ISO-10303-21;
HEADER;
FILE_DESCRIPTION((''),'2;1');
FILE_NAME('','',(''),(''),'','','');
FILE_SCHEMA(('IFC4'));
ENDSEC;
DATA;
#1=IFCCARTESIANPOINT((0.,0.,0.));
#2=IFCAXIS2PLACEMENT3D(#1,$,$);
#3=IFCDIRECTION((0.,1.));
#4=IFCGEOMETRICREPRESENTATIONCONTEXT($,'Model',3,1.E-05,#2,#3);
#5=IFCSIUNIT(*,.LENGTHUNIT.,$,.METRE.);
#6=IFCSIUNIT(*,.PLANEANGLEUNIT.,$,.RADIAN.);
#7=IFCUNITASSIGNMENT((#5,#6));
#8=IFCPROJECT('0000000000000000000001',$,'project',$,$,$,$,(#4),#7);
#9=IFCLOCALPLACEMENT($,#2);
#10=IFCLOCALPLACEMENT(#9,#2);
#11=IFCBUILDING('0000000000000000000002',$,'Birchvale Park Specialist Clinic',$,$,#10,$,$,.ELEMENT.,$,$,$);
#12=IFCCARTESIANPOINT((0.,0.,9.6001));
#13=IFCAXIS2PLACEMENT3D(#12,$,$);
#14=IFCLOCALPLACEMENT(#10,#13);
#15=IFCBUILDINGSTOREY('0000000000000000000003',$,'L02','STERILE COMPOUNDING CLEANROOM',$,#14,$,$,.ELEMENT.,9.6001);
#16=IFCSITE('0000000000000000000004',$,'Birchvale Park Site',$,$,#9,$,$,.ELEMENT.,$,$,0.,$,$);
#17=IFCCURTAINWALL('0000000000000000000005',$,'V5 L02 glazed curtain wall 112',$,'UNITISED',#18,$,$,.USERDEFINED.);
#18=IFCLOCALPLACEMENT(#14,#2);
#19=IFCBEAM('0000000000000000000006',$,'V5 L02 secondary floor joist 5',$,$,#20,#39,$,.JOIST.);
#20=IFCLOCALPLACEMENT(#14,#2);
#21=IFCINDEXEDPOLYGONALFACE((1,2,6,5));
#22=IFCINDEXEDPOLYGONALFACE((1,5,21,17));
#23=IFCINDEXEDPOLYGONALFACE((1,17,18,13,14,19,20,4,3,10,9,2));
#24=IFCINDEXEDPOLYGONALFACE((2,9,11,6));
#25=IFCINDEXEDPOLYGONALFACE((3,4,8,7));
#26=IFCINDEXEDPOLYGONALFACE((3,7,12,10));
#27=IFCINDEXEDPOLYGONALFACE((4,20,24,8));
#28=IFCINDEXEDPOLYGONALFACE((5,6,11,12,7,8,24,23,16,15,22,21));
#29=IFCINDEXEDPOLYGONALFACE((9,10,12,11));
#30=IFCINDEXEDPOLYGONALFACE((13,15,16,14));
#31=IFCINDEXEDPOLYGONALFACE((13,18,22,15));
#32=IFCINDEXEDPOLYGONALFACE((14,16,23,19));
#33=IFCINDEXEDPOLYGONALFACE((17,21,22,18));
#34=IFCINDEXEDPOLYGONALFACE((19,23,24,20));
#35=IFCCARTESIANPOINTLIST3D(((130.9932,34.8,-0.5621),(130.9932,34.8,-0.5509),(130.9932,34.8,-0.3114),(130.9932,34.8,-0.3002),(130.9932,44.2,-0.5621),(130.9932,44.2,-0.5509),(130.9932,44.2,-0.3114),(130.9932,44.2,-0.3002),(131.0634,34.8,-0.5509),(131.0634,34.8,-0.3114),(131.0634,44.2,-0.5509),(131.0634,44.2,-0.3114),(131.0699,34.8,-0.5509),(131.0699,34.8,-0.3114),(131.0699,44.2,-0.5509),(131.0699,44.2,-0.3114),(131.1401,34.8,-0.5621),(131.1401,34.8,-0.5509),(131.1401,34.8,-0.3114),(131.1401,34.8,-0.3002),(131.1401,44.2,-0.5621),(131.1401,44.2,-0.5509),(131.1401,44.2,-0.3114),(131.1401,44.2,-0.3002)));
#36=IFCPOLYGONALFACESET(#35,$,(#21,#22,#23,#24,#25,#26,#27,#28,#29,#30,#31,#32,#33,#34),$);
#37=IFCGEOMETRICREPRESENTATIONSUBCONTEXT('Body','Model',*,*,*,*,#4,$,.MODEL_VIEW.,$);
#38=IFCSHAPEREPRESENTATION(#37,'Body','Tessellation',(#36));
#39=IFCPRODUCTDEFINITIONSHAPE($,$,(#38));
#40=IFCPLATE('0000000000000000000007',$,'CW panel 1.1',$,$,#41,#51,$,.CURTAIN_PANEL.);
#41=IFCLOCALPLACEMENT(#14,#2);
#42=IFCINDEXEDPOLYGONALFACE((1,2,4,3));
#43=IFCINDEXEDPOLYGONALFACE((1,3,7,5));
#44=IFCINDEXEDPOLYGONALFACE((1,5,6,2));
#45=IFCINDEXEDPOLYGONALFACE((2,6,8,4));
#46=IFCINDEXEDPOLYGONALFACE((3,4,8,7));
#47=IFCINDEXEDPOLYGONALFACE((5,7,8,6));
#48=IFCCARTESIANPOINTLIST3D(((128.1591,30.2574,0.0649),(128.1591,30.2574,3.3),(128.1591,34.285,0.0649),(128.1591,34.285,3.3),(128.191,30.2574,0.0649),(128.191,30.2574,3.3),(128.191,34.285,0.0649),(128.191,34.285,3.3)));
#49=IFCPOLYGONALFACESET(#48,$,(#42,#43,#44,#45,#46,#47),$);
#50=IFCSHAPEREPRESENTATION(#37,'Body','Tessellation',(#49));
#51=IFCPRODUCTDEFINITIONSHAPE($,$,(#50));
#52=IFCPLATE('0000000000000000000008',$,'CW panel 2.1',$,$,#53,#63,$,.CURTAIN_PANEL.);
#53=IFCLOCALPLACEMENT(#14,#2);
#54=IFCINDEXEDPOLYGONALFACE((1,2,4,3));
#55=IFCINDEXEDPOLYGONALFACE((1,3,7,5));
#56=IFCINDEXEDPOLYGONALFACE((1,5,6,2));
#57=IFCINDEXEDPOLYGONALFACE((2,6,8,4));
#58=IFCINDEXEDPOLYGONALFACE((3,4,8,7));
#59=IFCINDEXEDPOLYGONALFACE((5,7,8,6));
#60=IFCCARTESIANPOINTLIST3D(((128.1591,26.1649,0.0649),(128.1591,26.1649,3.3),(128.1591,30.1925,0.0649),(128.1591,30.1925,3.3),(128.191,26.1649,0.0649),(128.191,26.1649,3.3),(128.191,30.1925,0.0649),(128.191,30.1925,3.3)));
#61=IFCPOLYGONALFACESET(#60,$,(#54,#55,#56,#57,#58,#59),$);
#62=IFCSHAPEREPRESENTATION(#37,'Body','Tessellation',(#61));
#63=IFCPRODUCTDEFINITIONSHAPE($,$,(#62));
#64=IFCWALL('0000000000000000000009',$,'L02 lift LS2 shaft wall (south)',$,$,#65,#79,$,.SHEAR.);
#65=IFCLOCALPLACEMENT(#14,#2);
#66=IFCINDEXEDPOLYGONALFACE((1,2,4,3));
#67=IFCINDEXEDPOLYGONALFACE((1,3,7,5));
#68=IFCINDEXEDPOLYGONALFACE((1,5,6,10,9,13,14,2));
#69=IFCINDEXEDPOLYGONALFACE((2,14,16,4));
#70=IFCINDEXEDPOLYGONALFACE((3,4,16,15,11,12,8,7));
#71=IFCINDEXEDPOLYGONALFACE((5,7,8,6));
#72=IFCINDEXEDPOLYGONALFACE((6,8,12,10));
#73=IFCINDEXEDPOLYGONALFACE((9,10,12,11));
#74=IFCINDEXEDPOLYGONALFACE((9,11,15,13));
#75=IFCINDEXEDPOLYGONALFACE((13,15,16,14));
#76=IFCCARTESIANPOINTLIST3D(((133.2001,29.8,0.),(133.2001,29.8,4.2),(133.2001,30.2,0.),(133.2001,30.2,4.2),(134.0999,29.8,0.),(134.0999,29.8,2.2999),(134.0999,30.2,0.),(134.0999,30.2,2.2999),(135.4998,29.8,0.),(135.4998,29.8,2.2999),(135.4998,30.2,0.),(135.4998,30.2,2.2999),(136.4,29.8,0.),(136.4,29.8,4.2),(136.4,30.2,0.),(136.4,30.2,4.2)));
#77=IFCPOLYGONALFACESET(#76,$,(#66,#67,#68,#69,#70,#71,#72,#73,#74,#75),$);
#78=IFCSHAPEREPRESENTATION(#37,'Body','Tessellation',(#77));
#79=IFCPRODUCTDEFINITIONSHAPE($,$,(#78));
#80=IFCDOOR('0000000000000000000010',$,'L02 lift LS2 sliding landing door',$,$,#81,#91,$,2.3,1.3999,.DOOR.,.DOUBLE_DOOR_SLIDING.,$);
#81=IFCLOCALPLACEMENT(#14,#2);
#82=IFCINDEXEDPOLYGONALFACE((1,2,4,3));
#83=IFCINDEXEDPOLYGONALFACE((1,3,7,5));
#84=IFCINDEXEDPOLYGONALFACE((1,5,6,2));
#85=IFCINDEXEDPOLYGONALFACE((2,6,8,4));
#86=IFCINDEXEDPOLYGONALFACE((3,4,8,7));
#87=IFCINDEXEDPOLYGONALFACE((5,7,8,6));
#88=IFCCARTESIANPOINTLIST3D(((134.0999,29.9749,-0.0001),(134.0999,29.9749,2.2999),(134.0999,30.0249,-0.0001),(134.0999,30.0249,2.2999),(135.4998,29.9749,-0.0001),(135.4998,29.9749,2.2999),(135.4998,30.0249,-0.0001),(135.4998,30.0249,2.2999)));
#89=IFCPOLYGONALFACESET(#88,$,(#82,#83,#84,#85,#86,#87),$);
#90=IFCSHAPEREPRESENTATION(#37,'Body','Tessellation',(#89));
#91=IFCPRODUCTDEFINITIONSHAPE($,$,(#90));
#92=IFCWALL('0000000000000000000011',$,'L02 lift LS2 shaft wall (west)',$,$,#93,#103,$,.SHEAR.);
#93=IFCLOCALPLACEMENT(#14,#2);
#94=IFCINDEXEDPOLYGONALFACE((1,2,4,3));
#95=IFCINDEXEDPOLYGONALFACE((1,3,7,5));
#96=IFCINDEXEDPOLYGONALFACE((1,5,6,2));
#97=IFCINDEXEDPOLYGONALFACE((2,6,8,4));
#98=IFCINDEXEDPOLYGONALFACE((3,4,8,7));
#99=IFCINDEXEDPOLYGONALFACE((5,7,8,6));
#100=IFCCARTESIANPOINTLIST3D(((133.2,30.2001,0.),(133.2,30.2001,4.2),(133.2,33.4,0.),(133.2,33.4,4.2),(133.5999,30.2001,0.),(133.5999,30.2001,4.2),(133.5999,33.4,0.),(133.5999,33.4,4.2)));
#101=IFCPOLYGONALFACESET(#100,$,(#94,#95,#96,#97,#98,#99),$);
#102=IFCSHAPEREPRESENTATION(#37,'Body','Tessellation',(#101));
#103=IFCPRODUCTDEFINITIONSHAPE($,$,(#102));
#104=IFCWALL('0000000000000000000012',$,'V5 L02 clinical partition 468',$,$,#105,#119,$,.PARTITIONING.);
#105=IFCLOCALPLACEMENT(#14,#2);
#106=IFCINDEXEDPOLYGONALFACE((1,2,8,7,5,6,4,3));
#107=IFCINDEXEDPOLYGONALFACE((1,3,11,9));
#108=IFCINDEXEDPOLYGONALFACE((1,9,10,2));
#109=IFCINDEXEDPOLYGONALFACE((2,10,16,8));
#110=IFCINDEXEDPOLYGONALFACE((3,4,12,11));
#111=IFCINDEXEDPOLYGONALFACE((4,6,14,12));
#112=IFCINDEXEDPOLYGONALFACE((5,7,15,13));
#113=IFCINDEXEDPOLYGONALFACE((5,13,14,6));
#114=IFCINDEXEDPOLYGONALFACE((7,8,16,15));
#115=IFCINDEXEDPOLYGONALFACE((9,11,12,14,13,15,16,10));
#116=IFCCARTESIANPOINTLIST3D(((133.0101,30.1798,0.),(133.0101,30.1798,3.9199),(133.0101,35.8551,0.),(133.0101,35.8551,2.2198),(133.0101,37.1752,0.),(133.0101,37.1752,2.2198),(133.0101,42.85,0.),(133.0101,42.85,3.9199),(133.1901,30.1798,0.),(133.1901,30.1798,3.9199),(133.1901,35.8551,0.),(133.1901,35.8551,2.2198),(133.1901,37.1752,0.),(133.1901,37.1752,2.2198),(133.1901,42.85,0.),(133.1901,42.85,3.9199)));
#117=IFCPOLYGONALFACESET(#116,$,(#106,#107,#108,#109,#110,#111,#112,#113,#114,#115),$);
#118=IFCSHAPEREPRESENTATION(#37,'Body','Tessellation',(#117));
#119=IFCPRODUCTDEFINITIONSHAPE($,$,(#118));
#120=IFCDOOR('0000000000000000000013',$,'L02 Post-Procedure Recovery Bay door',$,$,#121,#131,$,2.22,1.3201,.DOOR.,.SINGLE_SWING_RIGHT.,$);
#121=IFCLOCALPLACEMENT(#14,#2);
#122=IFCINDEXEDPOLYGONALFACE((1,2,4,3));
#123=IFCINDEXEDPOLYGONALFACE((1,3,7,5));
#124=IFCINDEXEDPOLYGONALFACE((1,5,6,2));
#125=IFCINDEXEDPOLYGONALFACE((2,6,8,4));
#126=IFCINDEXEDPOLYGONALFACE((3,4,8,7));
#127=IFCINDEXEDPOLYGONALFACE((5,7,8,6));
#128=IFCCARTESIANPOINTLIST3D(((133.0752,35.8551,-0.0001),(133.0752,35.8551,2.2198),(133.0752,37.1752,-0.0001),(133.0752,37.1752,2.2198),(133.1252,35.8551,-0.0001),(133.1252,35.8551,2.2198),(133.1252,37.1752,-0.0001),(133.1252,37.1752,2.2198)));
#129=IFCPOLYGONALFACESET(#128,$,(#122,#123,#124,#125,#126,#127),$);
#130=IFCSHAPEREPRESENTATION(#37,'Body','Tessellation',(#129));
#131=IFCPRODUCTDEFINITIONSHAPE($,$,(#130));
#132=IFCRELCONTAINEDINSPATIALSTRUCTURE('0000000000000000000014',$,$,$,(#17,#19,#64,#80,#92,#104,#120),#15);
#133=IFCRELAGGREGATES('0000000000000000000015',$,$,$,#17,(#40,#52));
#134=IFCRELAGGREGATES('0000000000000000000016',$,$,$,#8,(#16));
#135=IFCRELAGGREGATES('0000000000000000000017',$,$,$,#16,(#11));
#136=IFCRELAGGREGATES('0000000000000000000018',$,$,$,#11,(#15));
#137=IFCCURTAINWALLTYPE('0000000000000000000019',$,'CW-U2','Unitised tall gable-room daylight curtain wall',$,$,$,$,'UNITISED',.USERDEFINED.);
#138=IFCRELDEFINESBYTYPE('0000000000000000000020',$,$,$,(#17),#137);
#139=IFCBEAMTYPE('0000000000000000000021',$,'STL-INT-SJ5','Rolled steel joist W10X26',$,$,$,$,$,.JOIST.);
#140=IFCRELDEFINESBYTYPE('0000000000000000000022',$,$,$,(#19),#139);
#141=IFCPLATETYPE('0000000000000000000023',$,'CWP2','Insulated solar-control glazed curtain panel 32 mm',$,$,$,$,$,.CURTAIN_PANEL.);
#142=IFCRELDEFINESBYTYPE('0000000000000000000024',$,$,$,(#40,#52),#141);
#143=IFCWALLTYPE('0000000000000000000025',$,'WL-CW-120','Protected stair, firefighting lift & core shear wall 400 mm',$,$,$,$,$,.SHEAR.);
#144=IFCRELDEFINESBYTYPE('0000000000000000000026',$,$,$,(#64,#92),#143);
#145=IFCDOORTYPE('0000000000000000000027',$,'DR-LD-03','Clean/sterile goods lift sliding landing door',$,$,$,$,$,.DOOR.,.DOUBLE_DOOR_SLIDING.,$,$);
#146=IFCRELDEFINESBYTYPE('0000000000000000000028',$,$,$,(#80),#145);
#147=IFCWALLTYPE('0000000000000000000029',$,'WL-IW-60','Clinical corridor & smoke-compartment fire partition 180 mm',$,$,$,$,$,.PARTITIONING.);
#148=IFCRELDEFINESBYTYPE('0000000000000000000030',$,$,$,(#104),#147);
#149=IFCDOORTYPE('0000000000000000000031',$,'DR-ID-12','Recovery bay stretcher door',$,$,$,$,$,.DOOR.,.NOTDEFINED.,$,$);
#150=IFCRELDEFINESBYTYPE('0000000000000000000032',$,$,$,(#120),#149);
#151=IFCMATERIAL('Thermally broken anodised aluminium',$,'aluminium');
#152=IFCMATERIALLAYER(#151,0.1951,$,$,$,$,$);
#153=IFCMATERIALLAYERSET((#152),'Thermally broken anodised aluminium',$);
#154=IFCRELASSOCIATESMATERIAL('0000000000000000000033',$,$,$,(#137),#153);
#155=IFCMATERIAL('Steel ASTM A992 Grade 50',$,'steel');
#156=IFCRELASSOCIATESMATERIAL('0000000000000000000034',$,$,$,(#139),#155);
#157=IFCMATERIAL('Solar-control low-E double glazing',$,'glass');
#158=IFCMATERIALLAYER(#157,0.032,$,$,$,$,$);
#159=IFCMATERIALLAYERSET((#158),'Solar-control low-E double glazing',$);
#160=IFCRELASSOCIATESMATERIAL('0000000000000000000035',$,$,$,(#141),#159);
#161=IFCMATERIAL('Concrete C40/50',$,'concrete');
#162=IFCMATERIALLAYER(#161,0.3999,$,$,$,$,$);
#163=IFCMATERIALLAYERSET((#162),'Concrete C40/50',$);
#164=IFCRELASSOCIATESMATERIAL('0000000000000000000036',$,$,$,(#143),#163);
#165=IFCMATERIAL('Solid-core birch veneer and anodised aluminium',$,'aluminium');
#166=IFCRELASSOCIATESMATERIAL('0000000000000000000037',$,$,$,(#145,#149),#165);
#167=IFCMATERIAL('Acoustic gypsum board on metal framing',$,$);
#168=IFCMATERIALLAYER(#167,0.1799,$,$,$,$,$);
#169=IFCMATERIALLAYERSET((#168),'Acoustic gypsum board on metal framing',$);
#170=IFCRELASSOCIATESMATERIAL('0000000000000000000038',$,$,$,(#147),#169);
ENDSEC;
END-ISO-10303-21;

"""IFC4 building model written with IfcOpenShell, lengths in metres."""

from ifc_helpers import new_model, si_unit, direction, frame, frame_2d, origin, origin_2d, place, context, subcontext, project, spatial, rectangle, i_section, extrude, material, layer, layer_set, material_profile, profile_set, type_object, element, fill, aggregate, save


model = new_model("IFC4")

# Units and contexts
model_context = context("Model", 3, precision=1e-05, world=origin(), true_north=direction((0.0, 1.0)))
body_context = subcontext(model_context, "Body", "Model", "MODEL_VIEW")
ifc_project = project(units=[si_unit("LENGTHUNIT", "METRE"), si_unit("PLANEANGLEUNIT", "RADIAN")], contexts=[model_context])

# Site, building, storey
site_placement = place(None, origin())
site = spatial("IfcSite", under=ifc_project, at=site_placement, Name="Birchvale Park Site", CompositionType="ELEMENT", RefElevation=0.0)
building_placement = place(site_placement, origin())
building = spatial("IfcBuilding", under=site, at=building_placement, Name="Birchvale Park Specialist Clinic", CompositionType="ELEMENT")
storey_placement = place(building_placement, frame((0.0, 0.0, 9.6001)))
storey = spatial("IfcBuildingStorey", under=building, at=storey_placement, Name="L02", Description="STERILE COMPOUNDING CLEANROOM", CompositionType="ELEMENT", Elevation=9.6001)

# Shared definitions
ifc_material_1 = material(Name="Concrete C40/50", Category="concrete")

# Curtain wall
ifc_material_2 = material(Name="Thermally broken anodised aluminium", Category="aluminium")
ifc_layer_1 = layer(ifc_material_2, 0.1951)
ifc_layer_set_1 = layer_set([ifc_layer_1], Name="Thermally broken anodised aluminium")
curtain_wall_type = type_object("IfcCurtainWallType", Name="CW-U2", Description="Unitised tall gable-room daylight curtain wall", ElementType="UNITISED", PredefinedType="USERDEFINED", material=ifc_layer_set_1)
curtain_wall_placement = place(storey_placement, origin())
curtain_wall = element("IfcCurtainWall", 1, at=curtain_wall_placement, inside=storey, type_object=curtain_wall_type, Name="V5 L02 glazed curtain wall 112", ObjectType="UNITISED", PredefinedType="USERDEFINED")

# Beam
ifc_material_3 = material(Name="Steel ASTM A992 Grade 50", Category="steel")
ifc_material_profile_1 = material_profile(ifc_material_3, i_section(OverallWidth=0.147, OverallDepth=0.262, WebThickness=0.0066, FlangeThickness=0.0112, at=origin_2d()), Name="W10X26")
ifc_profile_set_1 = profile_set([ifc_material_profile_1], Name="Steel ASTM A992 Grade 50")
beam_type_1 = type_object("IfcBeamType", Name="STL-INT-SJ5", Description="Rolled steel joist W10X26", PredefinedType="JOIST", material=ifc_profile_set_1)
beam_1_placement = place(storey_placement, frame((131.0667, 34.8, -0.4312), z_axis=(0.0, 1.0, 0.0), x_axis=(-1.0, 0.0, 0.0)))
element("IfcBeam", 2, at=beam_1_placement, inside=storey, type_object=beam_type_1, Name="V5 L02 secondary floor joist 5", PredefinedType="JOIST", context=body_context, shape_type="SweptSolid", body=[
    extrude(i_section(OverallWidth=0.147, OverallDepth=0.262, WebThickness=0.0066, FlangeThickness=0.0112, at=origin_2d()), origin(), (0.0, 0.0, 1.0), 9.3999),
])

# Plates
ifc_material_4 = material(Name="Solar-control low-E double glazing", Category="glass")
ifc_layer_2 = layer(ifc_material_4, 0.032)
ifc_layer_set_2 = layer_set([ifc_layer_2], Name="Solar-control low-E double glazing")
plate_type = type_object("IfcPlateType", Name="CWP2", Description="Insulated solar-control glazed curtain panel 32 mm", PredefinedType="CURTAIN_PANEL", material=ifc_layer_set_2)
plate_1_placement = place(storey_placement, frame((128.175, 32.2712, 0.0649), z_axis=(0.0, 0.0, 1.0), x_axis=(0.0, -1.0, 0.0)))
plate_1 = element("IfcPlate", 3, at=plate_1_placement, type_object=plate_type, Name="CW panel 1.1", PredefinedType="CURTAIN_PANEL", context=body_context, shape_type="SweptSolid", body=[
    extrude(rectangle(XDim=4.0276, YDim=0.032, at=origin_2d()), origin(), (0.0, 0.0, 1.0), 3.2351),
])
plate_2_placement = place(storey_placement, frame((128.175, 28.1787, 0.0649), z_axis=(0.0, 0.0, 1.0), x_axis=(0.0, -1.0, 0.0)))
plate_2 = element("IfcPlate", 4, at=plate_2_placement, type_object=plate_type, Name="CW panel 2.1", PredefinedType="CURTAIN_PANEL", context=body_context, shape_type="SweptSolid", body=[
    extrude(rectangle(XDim=4.0276, YDim=0.032, at=origin_2d()), origin(), (0.0, 0.0, 1.0), 3.2351),
])
aggregate(curtain_wall, [plate_1, plate_2])

# Wall, opening, door
ifc_layer_3 = layer(ifc_material_1, 0.3999)
ifc_layer_set_3 = layer_set([ifc_layer_3], Name="Concrete C40/50")
wall_type_1 = type_object("IfcWallType", Name="WL-CW-120", Description="Protected stair, firefighting lift & core shear wall 400 mm", PredefinedType="SHEAR", material=ifc_layer_set_3)
wall_1_placement = place(storey_placement, frame((133.2, 30.0, 0.0), z_axis=(0.0, 0.0, 1.0), x_axis=(1.0, 0.0, 0.0)))
wall_1 = element("IfcWall", 5, at=wall_1_placement, inside=storey, type_object=wall_type_1, Name="L02 lift LS2 shaft wall (south)", PredefinedType="SHEAR", context=body_context, shape_type="SweptSolid", body=[
    extrude(rectangle(XDim=3.2, YDim=0.3999, at=frame_2d((1.6001, 0.0))), origin(), (0.0, 0.0, 1.0), 4.2),
])
opening_1_placement = place(wall_1_placement, frame((0.8999, 0.0, 0.0)))
opening_1 = element("IfcOpeningElement", 6, at=opening_1_placement, cuts=wall_1, PredefinedType="OPENING", context=body_context, shape_type="SweptSolid", body=[
    extrude(rectangle(XDim=1.3999, YDim=2.3, at=frame_2d((0.7, 1.1499))), frame((0.0, 0.21, 0.0), z_axis=(0.0, -1.0, 0.0), x_axis=(1.0, 0.0, 0.0)), (0.0, 0.0, 1.0), 0.4199),
])
ifc_material_5 = material(Name="Solid-core birch veneer and anodised aluminium", Category="aluminium")
door_type_1 = type_object("IfcDoorType", Name="DR-LD-03", Description="Clean/sterile goods lift sliding landing door", OperationType="DOUBLE_DOOR_SLIDING", PredefinedType="DOOR", material=ifc_material_5)
door_1_placement = place(opening_1_placement, origin())
door_1 = element("IfcDoor", 7, at=door_1_placement, inside=storey, type_object=door_type_1, Name="L02 lift LS2 sliding landing door", OperationType="DOUBLE_DOOR_SLIDING", OverallHeight=2.3, OverallWidth=1.3999, PredefinedType="DOOR", context=body_context, shape_type="SweptSolid", body=[
    extrude(rectangle(XDim=1.3999, YDim=2.3, at=frame_2d((0.7, 1.1499))), frame((0.0, 0.0249, 0.0), z_axis=(0.0, -1.0, 0.0), x_axis=(1.0, 0.0, 0.0)), (0.0, 0.0, 1.0), 0.05),
])
fill(opening_1, door_1)

# Wall
wall_2_placement = place(storey_placement, frame((133.3999, 30.2, 0.0), z_axis=(0.0, 0.0, 1.0), x_axis=(0.0, 1.0, 0.0)))
element("IfcWall", 8, at=wall_2_placement, inside=storey, type_object=wall_type_1, Name="L02 lift LS2 shaft wall (west)", PredefinedType="SHEAR", context=body_context, shape_type="SweptSolid", body=[
    extrude(rectangle(XDim=3.2, YDim=0.3999, at=frame_2d((1.6001, 0.0))), origin(), (0.0, 0.0, 1.0), 4.2),
])

# Wall, opening, door
ifc_material_6 = material(Name="Acoustic gypsum board on metal framing")
ifc_layer_4 = layer(ifc_material_6, 0.1799)
ifc_layer_set_4 = layer_set([ifc_layer_4], Name="Acoustic gypsum board on metal framing")
wall_type_2 = type_object("IfcWallType", Name="WL-IW-60", Description="Clinical corridor & smoke-compartment fire partition 180 mm", PredefinedType="PARTITIONING", material=ifc_layer_set_4)
wall_3_placement = place(storey_placement, frame((133.1001, 30.1799, 0.0), z_axis=(0.0, 0.0, 1.0), x_axis=(0.0, 1.0, 0.0)))
wall_3 = element("IfcWall", 9, at=wall_3_placement, inside=storey, type_object=wall_type_2, Name="V5 L02 clinical partition 468", PredefinedType="PARTITIONING", context=body_context, shape_type="SweptSolid", body=[
    extrude(rectangle(XDim=12.6702, YDim=0.1799, at=frame_2d((6.335, 0.0))), origin(), (0.0, 0.0, 1.0), 3.9199),
])
opening_2_placement = place(wall_3_placement, frame((5.675, 0.0, 0.0)))
opening_2 = element("IfcOpeningElement", 10, at=opening_2_placement, cuts=wall_3, PredefinedType="OPENING", context=body_context, shape_type="SweptSolid", body=[
    extrude(rectangle(XDim=1.3201, YDim=2.22, at=frame_2d((0.6602, 1.1099))), frame((0.0, 0.1001, 0.0), z_axis=(0.0, -1.0, 0.0), x_axis=(1.0, 0.0, 0.0)), (0.0, 0.0, 1.0), 0.2),
])
door_type_2 = type_object("IfcDoorType", Name="DR-ID-12", Description="Recovery bay stretcher door", OperationType="NOTDEFINED", PredefinedType="DOOR", material=ifc_material_5)
door_2_placement = place(opening_2_placement, origin())
door_2 = element("IfcDoor", 11, at=door_2_placement, inside=storey, type_object=door_type_2, Name="L02 Post-Procedure Recovery Bay door", OperationType="SINGLE_SWING_RIGHT", OverallHeight=2.22, OverallWidth=1.3201, PredefinedType="DOOR", context=body_context, shape_type="SweptSolid", body=[
    extrude(rectangle(XDim=1.3201, YDim=2.22, at=frame_2d((0.6602, 1.1099))), frame((0.0, 0.0249, 0.0), z_axis=(0.0, -1.0, 0.0), x_axis=(1.0, 0.0, 0.0)), (0.0, 0.0, 1.0), 0.05),
])
fill(opening_2, door_2)

save(model, "model.ifc")
